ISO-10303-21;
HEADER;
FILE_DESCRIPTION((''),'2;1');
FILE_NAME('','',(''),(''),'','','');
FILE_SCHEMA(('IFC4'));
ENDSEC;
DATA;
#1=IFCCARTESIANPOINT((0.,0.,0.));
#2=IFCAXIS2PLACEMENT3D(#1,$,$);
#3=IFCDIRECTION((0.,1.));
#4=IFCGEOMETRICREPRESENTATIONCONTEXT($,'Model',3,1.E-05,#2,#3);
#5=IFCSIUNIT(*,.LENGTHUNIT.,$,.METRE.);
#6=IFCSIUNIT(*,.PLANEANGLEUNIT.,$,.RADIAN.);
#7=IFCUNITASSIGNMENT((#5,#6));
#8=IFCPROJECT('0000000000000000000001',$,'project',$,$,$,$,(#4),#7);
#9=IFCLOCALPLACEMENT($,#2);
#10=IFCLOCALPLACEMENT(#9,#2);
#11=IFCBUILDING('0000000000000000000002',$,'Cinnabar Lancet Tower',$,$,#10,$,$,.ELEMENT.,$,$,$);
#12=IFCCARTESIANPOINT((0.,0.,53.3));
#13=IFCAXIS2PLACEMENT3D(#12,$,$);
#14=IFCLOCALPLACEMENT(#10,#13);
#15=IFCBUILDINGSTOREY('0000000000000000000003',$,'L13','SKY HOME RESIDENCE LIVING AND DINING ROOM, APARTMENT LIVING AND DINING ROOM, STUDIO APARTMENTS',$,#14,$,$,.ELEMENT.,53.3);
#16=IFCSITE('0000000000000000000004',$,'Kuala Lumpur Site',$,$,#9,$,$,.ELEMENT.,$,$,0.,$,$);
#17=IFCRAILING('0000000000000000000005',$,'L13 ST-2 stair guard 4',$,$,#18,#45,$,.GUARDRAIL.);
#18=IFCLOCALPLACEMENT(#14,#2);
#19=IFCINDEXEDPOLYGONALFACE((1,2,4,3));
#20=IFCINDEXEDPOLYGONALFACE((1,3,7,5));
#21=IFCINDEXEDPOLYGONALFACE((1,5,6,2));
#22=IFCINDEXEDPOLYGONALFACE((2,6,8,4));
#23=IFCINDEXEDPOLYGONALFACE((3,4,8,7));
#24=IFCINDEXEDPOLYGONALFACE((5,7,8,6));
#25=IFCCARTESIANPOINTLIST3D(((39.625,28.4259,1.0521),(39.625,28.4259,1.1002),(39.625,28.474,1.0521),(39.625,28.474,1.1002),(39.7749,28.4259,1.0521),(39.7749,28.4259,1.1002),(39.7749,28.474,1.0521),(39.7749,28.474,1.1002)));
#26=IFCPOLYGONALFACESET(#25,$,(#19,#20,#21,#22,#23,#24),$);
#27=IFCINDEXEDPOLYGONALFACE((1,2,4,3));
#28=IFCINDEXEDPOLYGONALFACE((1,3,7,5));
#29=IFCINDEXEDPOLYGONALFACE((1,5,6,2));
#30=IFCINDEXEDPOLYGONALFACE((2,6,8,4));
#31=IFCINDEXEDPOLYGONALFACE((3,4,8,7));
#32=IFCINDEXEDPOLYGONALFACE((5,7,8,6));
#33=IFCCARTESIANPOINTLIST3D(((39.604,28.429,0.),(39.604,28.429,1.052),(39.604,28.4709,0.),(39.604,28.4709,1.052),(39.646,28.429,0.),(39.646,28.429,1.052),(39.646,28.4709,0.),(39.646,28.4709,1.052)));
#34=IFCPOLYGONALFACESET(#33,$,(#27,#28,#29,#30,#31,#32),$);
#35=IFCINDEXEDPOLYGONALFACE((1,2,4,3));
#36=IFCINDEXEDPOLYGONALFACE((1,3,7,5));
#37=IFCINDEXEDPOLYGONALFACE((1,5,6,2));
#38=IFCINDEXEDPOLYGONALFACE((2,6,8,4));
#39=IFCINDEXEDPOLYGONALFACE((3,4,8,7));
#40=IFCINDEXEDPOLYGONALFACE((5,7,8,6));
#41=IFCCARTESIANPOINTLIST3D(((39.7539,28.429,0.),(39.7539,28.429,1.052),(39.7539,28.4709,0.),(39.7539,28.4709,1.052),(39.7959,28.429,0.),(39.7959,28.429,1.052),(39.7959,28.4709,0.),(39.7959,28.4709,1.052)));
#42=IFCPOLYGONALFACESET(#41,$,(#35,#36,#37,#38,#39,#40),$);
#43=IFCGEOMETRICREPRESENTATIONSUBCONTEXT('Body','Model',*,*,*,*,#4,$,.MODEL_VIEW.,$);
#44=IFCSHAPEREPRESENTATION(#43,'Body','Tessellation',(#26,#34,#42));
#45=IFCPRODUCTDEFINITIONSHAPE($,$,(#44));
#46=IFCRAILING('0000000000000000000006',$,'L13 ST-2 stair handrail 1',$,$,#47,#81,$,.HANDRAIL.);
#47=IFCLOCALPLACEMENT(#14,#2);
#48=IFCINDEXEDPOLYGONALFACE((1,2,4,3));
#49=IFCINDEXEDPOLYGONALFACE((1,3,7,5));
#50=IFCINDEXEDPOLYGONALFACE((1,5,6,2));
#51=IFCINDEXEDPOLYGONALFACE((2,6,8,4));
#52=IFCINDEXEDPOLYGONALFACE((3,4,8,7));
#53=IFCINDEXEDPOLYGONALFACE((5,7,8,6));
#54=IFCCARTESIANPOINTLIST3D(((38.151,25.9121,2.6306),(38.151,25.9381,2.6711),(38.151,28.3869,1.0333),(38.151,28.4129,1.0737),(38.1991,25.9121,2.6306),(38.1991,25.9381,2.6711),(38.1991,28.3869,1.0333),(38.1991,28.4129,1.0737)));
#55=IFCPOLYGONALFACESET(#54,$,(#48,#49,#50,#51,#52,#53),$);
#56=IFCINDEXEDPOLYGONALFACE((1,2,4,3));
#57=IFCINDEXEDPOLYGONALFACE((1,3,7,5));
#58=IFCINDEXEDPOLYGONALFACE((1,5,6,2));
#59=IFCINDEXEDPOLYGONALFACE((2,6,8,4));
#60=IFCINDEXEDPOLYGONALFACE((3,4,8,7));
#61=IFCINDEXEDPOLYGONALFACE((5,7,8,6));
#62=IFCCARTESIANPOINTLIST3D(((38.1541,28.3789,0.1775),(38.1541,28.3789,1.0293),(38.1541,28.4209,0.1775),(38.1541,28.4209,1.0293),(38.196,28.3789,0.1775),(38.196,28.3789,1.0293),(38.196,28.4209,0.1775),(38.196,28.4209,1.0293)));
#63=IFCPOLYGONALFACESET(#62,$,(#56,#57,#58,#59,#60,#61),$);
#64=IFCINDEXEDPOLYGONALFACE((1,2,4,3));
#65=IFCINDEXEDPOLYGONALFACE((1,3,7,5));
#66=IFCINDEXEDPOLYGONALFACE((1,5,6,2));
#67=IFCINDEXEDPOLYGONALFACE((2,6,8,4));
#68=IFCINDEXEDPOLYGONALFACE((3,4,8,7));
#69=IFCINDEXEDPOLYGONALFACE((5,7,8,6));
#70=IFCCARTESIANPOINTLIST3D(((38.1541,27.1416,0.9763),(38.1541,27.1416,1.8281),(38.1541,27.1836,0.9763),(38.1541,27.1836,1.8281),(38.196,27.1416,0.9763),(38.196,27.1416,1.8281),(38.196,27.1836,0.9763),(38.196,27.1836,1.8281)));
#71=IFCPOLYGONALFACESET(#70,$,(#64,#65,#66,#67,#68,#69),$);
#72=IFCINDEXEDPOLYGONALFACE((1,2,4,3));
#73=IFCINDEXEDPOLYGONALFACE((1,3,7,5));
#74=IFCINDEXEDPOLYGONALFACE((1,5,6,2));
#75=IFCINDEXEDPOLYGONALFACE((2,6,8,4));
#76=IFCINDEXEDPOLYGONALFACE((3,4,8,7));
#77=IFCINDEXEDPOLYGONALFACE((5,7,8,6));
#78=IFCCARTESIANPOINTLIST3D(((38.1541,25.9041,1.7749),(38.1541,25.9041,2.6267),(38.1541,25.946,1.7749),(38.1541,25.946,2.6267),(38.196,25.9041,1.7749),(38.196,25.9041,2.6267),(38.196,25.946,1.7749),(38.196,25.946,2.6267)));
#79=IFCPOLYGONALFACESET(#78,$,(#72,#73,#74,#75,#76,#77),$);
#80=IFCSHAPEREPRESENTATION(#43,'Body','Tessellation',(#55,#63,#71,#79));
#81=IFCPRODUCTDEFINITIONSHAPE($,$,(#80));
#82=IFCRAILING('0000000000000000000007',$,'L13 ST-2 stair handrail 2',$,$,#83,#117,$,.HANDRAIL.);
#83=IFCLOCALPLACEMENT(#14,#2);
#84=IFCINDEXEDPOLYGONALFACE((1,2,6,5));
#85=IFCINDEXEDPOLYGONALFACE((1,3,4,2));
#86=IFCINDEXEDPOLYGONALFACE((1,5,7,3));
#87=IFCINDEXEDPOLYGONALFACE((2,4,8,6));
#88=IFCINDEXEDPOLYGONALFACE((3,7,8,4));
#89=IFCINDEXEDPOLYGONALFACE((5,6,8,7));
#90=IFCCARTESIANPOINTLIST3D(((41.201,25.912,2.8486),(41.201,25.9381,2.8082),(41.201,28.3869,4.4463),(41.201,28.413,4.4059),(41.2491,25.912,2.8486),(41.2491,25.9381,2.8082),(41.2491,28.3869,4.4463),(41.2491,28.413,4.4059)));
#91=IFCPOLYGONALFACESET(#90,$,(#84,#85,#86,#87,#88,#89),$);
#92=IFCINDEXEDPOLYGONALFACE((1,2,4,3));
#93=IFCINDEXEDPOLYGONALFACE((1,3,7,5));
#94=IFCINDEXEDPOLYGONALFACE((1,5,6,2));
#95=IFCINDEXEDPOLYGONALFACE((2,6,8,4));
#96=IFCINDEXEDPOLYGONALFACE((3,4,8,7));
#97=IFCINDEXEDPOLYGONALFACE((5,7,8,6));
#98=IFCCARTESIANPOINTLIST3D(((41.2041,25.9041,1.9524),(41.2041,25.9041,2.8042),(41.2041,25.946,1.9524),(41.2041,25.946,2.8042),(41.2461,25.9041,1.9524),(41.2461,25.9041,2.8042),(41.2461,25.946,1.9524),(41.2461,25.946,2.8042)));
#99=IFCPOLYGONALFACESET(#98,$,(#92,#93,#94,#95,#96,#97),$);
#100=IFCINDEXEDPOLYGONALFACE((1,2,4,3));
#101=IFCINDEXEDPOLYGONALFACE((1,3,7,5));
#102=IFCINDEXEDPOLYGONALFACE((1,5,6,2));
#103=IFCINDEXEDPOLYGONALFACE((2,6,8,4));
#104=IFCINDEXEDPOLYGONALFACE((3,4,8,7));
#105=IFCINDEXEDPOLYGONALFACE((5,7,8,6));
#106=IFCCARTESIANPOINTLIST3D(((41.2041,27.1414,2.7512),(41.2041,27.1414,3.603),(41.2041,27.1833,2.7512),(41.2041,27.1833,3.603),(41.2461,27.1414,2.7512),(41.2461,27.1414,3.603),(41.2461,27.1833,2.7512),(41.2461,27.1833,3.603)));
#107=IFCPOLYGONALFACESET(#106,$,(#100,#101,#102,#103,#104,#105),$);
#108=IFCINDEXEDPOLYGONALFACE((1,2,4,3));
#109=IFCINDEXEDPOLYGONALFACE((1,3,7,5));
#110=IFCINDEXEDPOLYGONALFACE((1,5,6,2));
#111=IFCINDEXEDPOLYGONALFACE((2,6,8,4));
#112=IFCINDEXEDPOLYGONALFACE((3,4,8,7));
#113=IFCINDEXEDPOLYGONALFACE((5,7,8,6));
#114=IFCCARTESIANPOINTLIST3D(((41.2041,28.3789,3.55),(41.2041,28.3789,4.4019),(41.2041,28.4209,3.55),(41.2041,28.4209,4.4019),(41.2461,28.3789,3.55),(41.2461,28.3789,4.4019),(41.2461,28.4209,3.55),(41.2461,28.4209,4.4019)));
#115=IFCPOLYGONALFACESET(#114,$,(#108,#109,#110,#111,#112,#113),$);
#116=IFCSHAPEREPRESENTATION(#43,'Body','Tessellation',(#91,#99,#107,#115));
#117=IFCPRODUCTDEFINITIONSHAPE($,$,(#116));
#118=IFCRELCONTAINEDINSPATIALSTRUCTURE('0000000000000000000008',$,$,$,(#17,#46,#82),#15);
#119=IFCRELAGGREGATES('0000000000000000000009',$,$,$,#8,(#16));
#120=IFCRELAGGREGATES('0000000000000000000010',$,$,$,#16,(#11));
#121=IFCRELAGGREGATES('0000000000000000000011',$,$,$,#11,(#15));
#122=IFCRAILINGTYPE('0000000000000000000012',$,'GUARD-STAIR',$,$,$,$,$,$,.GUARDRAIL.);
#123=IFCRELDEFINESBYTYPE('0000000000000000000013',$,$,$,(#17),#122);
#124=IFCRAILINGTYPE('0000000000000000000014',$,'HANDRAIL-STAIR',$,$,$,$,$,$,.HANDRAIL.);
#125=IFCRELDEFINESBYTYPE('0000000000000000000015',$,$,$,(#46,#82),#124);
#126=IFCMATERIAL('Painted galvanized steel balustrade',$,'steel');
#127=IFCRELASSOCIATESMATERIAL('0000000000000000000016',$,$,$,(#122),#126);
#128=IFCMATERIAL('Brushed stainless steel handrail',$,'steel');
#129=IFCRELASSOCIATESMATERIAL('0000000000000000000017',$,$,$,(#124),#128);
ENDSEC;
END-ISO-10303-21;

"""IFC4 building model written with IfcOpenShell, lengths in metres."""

from ifc_helpers import new_model, si_unit, direction, frame, origin, origin_2d, place, context, subcontext, project, spatial, rectangle, extrude, material, type_object, element, save


model = new_model("IFC4")

# Units and contexts
model_context = context("Model", 3, precision=1e-05, world=origin(), true_north=direction((0.0, 1.0)))
body_context = subcontext(model_context, "Body", "Model", "MODEL_VIEW")
ifc_project = project(units=[si_unit("LENGTHUNIT", "METRE"), si_unit("PLANEANGLEUNIT", "RADIAN")], contexts=[model_context])

# Site, building, storey
site_placement = place(None, origin())
site = spatial("IfcSite", under=ifc_project, at=site_placement, Name="Kuala Lumpur Site", CompositionType="ELEMENT", RefElevation=0.0)
building_placement = place(site_placement, origin())
building = spatial("IfcBuilding", under=site, at=building_placement, Name="Cinnabar Lancet Tower", CompositionType="ELEMENT")
storey_placement = place(building_placement, frame((0.0, 0.0, 53.3)))
storey = spatial("IfcBuildingStorey", under=building, at=storey_placement, Name="L13", Description="SKY HOME RESIDENCE LIVING AND DINING ROOM, APARTMENT LIVING AND DINING ROOM, STUDIO APARTMENTS", CompositionType="ELEMENT", Elevation=53.3)

# Railings
ifc_material_1 = material(Name="Painted galvanized steel balustrade", Category="steel")
railing_type_1 = type_object("IfcRailingType", Name="GUARD-STAIR", PredefinedType="GUARDRAIL", material=ifc_material_1)
railing_1_placement = place(storey_placement, frame((39.625, 28.45, 0.0)))
element("IfcRailing", 1, at=railing_1_placement, inside=storey, type_object=railing_type_1, Name="L13 ST-2 stair guard 4", PredefinedType="GUARDRAIL", context=body_context, shape_type="SweptSolid", body=[
    extrude(rectangle(XDim=0.0481, YDim=0.0481, at=origin_2d()), frame((0.0, 0.0, 1.0762), z_axis=(1.0, 0.0, 0.0), x_axis=(0.0, 1.0, 0.0)), (0.0, 0.0, 1.0), 0.1499),
    extrude(rectangle(XDim=0.042, YDim=0.042, at=origin_2d()), origin(), (0.0, 0.0, 1.0), 1.052),
    extrude(rectangle(XDim=0.042, YDim=0.042, at=origin_2d()), frame((0.1499, 0.0, 0.0)), (0.0, 0.0, 1.0), 1.052),
])
ifc_material_2 = material(Name="Brushed stainless steel handrail", Category="steel")
railing_type_2 = type_object("IfcRailingType", Name="HANDRAIL-STAIR", PredefinedType="HANDRAIL", material=ifc_material_2)
railing_2_placement = place(storey_placement, frame((38.175, 28.3999, 0.1775)))
element("IfcRailing", 2, at=railing_2_placement, inside=storey, type_object=railing_type_2, Name="L13 ST-2 stair handrail 1", PredefinedType="HANDRAIL", context=body_context, shape_type="SweptSolid", body=[
    extrude(rectangle(XDim=0.0481, YDim=0.0481, at=origin_2d()), frame((0.0, 0.0, 0.876), z_axis=(0.0, -0.840183, 0.542302), x_axis=(1.0, 0.0, 0.0)), (0.0, 0.0, 1.0), 2.9456),
    extrude(rectangle(XDim=0.042, YDim=0.042, at=origin_2d()), origin(), (0.0, 0.0, 1.0), 0.8518),
    extrude(rectangle(XDim=0.042, YDim=0.042, at=origin_2d()), frame((0.0, -1.2373, 0.7988)), (0.0, 0.0, 1.0), 0.8518),
    extrude(rectangle(XDim=0.042, YDim=0.042, at=origin_2d()), frame((0.0, -2.4749, 1.5974)), (0.0, 0.0, 1.0), 0.8518),
])
railing_3_placement = place(storey_placement, frame((41.2251, 25.925, 1.9524)))
element("IfcRailing", 3, at=railing_3_placement, inside=storey, type_object=railing_type_2, Name="L13 ST-2 stair handrail 2", PredefinedType="HANDRAIL", context=body_context, shape_type="SweptSolid", body=[
    extrude(rectangle(XDim=0.0481, YDim=0.0481, at=origin_2d()), frame((0.0, 0.0, 0.876), z_axis=(0.0, 0.840146, 0.542361), x_axis=(-1.0, 0.0, 0.0)), (0.0, 0.0, 1.0), 2.9458),
    extrude(rectangle(XDim=0.042, YDim=0.042, at=origin_2d()), origin(), (0.0, 0.0, 1.0), 0.8518),
    extrude(rectangle(XDim=0.042, YDim=0.042, at=origin_2d()), frame((0.0, 1.2373, 0.7988)), (0.0, 0.0, 1.0), 0.8518),
    extrude(rectangle(XDim=0.042, YDim=0.042, at=origin_2d()), frame((0.0, 2.4749, 1.5977)), (0.0, 0.0, 1.0), 0.8518),
])

save(model, "model.ifc")
